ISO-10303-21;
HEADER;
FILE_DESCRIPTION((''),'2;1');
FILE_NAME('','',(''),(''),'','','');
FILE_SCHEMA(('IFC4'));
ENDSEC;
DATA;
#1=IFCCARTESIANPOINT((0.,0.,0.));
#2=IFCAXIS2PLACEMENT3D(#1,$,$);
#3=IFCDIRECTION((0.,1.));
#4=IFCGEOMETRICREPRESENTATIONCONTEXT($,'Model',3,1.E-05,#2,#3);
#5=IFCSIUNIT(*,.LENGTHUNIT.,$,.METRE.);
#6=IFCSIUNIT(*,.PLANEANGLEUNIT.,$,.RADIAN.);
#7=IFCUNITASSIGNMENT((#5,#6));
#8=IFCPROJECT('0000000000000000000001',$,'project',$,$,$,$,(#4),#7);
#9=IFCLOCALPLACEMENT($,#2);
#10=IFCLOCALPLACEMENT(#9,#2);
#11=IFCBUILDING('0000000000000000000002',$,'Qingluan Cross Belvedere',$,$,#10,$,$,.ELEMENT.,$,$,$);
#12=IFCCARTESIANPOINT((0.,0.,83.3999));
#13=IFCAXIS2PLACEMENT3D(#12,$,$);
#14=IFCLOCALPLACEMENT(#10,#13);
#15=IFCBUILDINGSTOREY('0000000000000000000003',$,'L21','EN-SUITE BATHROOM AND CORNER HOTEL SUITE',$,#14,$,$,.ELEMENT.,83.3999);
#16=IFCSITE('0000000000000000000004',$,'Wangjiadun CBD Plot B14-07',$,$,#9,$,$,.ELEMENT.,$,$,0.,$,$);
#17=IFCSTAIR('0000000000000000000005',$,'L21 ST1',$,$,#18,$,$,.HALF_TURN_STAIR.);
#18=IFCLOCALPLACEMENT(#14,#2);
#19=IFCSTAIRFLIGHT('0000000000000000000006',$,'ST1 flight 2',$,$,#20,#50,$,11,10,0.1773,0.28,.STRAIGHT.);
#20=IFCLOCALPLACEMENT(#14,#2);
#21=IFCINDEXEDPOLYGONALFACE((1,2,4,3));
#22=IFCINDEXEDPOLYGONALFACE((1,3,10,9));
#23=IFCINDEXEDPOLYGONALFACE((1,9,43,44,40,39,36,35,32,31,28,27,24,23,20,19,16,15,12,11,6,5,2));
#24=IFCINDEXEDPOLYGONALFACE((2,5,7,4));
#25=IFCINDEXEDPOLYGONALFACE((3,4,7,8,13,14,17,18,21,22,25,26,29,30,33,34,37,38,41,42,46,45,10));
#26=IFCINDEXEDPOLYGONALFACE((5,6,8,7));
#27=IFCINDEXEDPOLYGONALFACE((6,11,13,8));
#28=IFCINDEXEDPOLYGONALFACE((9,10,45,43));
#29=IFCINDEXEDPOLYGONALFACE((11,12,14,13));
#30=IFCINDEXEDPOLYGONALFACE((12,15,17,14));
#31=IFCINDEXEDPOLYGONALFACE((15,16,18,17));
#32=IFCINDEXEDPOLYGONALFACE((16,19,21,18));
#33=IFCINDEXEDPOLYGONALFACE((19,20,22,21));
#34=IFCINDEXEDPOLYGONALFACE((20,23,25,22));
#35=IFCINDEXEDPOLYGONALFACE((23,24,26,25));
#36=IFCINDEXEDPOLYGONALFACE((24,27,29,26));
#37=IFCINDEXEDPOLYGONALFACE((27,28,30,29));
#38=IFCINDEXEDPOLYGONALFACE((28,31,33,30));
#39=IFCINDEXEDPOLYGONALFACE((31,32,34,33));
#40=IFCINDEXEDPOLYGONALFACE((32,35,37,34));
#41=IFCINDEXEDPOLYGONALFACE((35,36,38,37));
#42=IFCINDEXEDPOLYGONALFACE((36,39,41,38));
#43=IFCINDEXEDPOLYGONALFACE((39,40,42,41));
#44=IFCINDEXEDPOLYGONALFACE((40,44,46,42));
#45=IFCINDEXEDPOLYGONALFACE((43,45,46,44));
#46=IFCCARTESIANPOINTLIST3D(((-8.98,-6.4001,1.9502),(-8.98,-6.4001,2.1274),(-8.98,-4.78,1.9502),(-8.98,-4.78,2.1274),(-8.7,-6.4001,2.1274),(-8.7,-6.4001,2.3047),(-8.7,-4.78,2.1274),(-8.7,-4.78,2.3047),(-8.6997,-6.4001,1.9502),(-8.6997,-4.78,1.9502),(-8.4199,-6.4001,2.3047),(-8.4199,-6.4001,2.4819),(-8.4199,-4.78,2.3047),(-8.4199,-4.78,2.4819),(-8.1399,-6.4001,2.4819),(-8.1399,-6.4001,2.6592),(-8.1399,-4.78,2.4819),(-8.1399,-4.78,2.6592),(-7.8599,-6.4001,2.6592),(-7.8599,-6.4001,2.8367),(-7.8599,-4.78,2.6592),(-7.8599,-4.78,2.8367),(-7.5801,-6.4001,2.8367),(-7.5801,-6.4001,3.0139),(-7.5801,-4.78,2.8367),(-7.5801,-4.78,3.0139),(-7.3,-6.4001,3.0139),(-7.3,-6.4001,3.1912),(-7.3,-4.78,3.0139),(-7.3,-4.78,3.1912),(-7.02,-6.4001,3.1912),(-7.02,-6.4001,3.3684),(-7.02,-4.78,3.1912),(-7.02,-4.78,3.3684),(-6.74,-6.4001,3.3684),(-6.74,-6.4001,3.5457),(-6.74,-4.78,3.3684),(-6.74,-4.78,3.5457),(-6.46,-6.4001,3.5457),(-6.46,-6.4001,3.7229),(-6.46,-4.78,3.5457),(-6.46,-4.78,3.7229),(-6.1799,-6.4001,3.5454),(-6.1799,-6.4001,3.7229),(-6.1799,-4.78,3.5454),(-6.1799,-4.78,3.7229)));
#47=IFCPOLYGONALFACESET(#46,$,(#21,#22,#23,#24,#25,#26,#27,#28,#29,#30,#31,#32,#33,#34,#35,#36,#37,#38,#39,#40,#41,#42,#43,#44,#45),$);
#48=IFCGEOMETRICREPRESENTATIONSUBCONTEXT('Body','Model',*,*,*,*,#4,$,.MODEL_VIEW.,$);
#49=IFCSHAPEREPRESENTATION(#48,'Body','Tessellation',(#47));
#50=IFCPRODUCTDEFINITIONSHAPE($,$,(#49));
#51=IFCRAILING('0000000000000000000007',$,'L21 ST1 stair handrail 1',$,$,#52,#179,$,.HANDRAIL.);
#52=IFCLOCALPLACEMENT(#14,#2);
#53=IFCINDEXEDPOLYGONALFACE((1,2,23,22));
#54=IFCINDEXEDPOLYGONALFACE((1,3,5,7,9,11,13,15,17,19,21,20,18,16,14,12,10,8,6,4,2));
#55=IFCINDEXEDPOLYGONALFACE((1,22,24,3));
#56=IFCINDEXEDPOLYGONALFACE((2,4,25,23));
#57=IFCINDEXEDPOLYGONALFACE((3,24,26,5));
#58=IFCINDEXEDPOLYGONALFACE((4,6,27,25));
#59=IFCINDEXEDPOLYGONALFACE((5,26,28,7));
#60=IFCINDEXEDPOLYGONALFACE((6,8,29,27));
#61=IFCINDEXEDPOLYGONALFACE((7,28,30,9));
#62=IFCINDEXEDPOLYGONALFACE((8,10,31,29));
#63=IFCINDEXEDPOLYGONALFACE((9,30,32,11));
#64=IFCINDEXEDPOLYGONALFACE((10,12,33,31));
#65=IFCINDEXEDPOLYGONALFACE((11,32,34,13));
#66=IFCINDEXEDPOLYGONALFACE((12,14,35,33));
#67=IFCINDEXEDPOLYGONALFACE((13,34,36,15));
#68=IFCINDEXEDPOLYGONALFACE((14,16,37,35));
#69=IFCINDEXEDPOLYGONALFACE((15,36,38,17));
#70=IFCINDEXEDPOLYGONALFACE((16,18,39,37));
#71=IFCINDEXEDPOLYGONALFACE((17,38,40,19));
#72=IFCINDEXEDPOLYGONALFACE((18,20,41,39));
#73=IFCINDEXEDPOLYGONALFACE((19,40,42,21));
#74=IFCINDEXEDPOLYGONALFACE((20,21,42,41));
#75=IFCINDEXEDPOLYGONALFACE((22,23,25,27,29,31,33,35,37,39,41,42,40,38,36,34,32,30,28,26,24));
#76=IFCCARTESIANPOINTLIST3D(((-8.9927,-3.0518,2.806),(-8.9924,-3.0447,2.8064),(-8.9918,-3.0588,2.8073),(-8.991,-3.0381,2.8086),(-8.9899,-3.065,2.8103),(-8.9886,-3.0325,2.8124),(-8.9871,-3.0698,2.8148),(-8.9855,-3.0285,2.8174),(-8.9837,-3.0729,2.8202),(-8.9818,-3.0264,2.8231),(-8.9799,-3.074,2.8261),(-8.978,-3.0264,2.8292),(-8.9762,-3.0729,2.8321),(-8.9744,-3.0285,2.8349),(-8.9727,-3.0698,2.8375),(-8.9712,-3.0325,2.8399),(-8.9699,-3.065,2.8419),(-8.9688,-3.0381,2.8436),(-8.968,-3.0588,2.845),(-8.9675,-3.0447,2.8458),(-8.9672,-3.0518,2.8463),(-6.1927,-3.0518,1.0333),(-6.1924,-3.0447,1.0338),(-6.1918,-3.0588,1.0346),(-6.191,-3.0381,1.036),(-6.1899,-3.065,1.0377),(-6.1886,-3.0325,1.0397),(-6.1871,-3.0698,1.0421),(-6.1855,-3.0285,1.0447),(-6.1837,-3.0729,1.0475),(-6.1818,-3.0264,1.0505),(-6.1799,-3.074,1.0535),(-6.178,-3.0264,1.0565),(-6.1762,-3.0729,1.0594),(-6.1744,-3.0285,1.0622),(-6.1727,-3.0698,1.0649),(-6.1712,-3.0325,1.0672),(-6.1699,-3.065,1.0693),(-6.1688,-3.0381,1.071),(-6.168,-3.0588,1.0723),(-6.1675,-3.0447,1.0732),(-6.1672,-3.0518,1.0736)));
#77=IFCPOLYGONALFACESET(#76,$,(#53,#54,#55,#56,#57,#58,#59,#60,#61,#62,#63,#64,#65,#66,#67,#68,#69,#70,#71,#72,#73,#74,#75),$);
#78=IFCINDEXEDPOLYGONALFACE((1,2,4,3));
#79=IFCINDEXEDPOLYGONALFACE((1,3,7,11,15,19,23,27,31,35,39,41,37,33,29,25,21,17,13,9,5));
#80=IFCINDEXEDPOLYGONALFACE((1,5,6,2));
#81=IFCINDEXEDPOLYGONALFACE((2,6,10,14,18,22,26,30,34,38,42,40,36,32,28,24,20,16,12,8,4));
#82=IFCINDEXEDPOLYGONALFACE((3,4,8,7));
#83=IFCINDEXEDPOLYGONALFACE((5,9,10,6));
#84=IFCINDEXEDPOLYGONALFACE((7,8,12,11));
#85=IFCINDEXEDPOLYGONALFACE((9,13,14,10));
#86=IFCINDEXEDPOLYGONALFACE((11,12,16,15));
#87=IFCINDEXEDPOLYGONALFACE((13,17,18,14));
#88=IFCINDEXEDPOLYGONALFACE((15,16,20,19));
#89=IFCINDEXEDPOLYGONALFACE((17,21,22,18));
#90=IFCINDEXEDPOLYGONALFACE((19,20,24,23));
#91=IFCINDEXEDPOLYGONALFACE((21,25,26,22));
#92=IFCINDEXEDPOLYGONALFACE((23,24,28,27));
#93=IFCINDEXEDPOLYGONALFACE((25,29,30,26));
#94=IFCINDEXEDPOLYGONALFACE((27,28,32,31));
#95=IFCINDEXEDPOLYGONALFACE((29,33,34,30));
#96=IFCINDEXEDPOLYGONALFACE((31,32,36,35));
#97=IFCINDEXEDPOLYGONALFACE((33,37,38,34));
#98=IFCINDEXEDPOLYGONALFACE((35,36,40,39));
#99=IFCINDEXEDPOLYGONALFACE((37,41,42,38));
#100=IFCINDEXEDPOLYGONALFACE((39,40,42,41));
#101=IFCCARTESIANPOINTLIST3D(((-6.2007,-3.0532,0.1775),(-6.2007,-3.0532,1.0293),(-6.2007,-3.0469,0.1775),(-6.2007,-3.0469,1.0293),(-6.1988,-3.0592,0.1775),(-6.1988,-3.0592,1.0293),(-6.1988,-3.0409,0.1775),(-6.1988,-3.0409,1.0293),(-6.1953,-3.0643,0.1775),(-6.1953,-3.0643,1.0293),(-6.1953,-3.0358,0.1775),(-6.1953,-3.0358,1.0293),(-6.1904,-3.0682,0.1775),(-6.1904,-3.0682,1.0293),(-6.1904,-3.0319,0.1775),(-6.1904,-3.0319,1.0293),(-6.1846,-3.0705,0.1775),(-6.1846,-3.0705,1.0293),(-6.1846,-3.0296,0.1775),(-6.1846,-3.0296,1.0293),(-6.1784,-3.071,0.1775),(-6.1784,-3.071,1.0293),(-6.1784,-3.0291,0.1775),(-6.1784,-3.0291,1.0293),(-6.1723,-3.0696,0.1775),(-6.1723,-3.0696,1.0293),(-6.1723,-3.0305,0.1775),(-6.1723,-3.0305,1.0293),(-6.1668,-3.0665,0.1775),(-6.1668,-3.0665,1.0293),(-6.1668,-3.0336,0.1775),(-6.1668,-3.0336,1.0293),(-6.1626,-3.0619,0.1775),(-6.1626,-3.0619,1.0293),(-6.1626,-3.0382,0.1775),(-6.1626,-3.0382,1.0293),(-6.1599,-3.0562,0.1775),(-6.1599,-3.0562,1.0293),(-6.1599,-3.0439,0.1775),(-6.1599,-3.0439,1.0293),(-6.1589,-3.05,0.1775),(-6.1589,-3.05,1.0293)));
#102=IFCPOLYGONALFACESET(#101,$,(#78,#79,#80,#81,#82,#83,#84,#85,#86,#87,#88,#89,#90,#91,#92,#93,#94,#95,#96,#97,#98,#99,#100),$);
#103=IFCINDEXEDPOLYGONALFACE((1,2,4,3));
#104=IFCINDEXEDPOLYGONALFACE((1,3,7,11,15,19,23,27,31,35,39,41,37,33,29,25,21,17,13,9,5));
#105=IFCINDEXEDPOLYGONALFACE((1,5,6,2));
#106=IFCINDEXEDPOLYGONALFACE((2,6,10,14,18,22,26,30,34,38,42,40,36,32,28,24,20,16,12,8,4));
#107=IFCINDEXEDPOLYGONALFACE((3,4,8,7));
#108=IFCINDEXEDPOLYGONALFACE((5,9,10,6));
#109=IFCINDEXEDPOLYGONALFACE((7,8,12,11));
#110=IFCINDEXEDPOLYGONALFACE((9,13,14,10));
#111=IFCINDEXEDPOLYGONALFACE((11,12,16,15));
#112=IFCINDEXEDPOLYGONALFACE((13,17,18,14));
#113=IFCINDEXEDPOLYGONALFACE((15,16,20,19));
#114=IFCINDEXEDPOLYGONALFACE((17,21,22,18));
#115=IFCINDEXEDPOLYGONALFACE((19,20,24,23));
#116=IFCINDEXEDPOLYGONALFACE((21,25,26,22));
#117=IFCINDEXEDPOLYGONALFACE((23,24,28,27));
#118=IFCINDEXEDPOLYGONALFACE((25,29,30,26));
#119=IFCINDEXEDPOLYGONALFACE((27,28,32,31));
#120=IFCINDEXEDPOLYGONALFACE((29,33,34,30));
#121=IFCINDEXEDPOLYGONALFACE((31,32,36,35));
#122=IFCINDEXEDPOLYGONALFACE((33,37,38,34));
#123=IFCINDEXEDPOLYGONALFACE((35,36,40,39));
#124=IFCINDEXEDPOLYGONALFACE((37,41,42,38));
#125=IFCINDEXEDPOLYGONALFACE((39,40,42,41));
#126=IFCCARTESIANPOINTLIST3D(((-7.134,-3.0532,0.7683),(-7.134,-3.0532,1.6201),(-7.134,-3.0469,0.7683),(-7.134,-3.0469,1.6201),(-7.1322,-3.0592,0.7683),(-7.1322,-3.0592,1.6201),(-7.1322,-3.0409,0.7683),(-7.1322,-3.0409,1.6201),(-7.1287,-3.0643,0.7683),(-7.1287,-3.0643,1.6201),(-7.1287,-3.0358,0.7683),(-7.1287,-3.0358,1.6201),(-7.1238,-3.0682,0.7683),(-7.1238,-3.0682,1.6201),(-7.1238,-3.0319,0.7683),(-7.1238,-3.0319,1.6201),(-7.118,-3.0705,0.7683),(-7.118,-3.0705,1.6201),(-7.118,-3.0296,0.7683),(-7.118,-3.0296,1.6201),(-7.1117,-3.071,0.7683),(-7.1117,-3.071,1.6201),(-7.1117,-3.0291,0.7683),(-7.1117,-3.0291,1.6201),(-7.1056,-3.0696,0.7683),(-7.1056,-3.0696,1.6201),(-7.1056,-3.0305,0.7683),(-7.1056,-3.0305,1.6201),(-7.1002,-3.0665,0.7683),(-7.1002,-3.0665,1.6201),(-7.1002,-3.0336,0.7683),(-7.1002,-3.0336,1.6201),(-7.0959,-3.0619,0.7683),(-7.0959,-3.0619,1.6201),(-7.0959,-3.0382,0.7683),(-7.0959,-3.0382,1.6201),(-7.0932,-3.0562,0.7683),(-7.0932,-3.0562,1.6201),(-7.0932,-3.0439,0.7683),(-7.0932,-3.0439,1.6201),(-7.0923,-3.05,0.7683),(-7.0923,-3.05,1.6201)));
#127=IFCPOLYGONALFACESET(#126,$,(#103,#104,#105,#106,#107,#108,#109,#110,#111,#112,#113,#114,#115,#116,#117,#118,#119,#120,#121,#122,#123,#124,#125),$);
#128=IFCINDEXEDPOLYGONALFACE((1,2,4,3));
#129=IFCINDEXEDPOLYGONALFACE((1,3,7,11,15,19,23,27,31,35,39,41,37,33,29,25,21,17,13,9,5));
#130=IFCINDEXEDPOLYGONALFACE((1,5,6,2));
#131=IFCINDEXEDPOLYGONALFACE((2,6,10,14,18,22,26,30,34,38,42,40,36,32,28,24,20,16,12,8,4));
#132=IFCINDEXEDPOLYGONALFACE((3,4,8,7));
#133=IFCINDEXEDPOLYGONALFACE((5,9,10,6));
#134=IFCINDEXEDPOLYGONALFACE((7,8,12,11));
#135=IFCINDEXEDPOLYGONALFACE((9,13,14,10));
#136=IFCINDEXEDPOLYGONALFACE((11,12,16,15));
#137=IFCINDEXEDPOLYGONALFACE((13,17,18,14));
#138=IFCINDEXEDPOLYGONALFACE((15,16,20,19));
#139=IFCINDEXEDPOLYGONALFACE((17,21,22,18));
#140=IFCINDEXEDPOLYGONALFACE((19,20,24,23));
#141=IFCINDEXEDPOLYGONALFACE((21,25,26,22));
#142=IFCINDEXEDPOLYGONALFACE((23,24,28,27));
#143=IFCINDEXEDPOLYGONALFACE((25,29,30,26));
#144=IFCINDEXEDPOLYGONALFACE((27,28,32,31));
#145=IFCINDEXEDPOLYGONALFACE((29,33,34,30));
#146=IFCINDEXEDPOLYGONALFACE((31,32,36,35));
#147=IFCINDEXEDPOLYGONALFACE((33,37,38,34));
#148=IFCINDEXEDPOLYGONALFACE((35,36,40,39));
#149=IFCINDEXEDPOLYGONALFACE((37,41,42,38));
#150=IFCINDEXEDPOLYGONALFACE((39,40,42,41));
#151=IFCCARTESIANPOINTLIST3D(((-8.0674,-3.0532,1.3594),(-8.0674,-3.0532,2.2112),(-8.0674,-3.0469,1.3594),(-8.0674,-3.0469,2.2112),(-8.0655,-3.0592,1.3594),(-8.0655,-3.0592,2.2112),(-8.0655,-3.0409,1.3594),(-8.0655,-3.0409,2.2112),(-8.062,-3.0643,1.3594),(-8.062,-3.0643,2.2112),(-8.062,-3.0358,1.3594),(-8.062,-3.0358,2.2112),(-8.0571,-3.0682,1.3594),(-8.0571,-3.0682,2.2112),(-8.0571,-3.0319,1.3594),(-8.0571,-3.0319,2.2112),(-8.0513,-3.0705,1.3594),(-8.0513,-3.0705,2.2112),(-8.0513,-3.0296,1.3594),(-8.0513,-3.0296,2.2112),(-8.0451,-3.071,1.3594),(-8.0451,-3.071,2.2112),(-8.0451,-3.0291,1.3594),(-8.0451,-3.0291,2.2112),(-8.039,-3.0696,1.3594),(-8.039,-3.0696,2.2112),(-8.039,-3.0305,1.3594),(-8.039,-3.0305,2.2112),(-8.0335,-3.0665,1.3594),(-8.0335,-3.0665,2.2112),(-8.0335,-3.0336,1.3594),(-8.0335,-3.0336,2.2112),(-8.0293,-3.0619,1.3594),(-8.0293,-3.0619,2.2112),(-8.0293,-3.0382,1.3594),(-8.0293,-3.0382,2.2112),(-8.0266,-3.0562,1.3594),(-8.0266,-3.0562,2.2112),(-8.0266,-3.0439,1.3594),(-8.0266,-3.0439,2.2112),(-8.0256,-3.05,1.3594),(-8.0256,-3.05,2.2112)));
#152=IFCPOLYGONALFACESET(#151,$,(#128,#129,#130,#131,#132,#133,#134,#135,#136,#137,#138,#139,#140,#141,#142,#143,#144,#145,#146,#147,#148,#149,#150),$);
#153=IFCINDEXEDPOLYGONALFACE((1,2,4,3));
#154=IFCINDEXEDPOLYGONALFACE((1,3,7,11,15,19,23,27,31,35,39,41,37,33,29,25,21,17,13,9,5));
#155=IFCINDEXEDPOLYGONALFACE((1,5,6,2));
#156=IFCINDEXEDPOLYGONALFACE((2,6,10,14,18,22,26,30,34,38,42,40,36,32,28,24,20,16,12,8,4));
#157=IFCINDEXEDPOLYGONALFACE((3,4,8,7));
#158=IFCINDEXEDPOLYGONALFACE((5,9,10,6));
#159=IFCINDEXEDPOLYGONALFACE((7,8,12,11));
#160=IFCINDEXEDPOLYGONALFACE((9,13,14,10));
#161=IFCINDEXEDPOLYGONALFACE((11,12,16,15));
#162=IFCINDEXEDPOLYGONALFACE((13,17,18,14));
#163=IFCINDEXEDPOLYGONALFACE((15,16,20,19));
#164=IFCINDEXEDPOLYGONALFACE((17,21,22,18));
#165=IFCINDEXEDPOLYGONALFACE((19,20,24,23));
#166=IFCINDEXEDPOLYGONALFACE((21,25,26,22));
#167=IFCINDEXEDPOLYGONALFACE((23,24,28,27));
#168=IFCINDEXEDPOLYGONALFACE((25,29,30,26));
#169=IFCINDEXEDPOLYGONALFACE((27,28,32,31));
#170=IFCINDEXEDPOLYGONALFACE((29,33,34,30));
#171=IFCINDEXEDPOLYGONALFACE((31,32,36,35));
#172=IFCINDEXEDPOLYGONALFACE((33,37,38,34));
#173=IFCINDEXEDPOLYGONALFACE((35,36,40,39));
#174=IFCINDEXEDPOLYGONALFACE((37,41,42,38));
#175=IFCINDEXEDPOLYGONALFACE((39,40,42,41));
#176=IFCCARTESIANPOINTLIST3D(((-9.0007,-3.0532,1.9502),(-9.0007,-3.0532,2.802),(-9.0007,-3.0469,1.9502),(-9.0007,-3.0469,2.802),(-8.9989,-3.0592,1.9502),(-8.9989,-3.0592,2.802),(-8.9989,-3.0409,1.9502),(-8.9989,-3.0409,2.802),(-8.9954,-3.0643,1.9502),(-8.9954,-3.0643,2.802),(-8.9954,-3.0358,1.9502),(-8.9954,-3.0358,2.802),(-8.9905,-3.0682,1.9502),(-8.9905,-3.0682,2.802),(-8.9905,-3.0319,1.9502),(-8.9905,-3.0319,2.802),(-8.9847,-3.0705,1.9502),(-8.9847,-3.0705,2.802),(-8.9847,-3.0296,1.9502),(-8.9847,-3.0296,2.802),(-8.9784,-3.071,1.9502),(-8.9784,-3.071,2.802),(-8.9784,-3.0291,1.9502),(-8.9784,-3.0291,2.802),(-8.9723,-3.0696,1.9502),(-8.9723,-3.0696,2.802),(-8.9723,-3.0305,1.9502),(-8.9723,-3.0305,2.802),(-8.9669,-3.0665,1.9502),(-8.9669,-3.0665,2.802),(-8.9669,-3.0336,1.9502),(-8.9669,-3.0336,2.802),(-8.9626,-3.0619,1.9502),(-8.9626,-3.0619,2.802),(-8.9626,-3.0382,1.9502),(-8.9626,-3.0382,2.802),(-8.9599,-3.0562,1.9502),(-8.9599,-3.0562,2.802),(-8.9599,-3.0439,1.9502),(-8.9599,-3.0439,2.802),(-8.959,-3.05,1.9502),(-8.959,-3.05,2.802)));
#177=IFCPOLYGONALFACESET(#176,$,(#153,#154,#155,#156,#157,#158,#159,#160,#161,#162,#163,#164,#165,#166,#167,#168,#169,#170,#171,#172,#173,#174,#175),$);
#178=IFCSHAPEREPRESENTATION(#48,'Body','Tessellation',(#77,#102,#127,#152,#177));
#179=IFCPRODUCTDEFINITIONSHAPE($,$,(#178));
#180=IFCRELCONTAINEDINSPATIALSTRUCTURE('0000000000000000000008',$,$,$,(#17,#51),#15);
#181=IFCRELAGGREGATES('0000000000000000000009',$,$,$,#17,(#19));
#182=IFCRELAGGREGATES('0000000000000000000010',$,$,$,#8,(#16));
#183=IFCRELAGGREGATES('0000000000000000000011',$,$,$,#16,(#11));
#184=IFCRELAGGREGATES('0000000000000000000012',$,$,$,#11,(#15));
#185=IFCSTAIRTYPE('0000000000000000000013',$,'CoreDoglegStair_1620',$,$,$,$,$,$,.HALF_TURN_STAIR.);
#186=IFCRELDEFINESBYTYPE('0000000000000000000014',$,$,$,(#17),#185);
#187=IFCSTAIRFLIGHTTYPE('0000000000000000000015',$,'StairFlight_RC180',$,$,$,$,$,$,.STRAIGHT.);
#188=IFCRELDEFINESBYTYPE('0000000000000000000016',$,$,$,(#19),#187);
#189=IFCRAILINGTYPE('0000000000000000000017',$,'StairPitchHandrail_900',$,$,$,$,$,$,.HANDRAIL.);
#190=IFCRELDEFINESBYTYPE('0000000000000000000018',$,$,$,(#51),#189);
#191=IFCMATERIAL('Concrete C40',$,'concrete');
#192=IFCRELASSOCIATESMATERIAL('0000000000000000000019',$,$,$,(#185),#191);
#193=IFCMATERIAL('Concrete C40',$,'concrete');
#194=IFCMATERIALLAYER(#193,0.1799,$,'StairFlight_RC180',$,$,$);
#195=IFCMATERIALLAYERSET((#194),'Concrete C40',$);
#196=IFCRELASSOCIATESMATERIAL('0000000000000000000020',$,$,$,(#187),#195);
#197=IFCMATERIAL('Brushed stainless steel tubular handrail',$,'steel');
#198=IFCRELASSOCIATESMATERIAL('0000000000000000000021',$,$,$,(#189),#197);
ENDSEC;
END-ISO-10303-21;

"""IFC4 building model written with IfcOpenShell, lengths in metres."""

from ifc_helpers import new_model, si_unit, direction, frame, origin, origin_2d, place, context, subcontext, project, spatial, polyline, circle, outline, extrude, material, layer, layer_set, type_object, element, aggregate, save


model = new_model("IFC4")

# Units and contexts
model_context = context("Model", 3, precision=1e-05, world=origin(), true_north=direction((0.0, 1.0)))
body_context = subcontext(model_context, "Body", "Model", "MODEL_VIEW")
ifc_project = project(units=[si_unit("LENGTHUNIT", "METRE"), si_unit("PLANEANGLEUNIT", "RADIAN")], contexts=[model_context])

# Site, building, storey
site_placement = place(None, origin())
site = spatial("IfcSite", under=ifc_project, at=site_placement, Name="Wangjiadun CBD Plot B14-07", CompositionType="ELEMENT", RefElevation=0.0)
building_placement = place(site_placement, origin())
building = spatial("IfcBuilding", under=site, at=building_placement, Name="Qingluan Cross Belvedere", CompositionType="ELEMENT")
storey_placement = place(building_placement, frame((0.0, 0.0, 83.3999)))
storey = spatial("IfcBuildingStorey", under=building, at=storey_placement, Name="L21", Description="EN-SUITE BATHROOM AND CORNER HOTEL SUITE", CompositionType="ELEMENT", Elevation=83.3999)

# Stair, stair flight
ifc_material_1 = material(Name="Concrete C40", Category="concrete")
stair_type = type_object("IfcStairType", Name="CoreDoglegStair_1620", PredefinedType="HALF_TURN_STAIR", material=ifc_material_1)
stair_placement = place(storey_placement, origin())
stair = element("IfcStair", 1, at=stair_placement, inside=storey, type_object=stair_type, Name="L21 ST1", PredefinedType="HALF_TURN_STAIR")
ifc_material_2 = material(Name="Concrete C40", Category="concrete")
ifc_layer_1 = layer(ifc_material_2, 0.1799, Name="StairFlight_RC180")
ifc_layer_set_1 = layer_set([ifc_layer_1], Name="Concrete C40")
stair_flight_type = type_object("IfcStairFlightType", Name="StairFlight_RC180", PredefinedType="STRAIGHT", material=ifc_layer_set_1)
stair_flight_1_placement = place(storey_placement, frame((-8.98, -5.5901, 1.9502), z_axis=(0.0, 0.0, 1.0), x_axis=(1.0, 0.0, 0.0)))
stair_flight_1 = element("IfcStairFlight", 2, at=stair_flight_1_placement, type_object=stair_flight_type, Name="ST1 flight 2", NumberOfRisers=11, NumberOfTreads=10, PredefinedType="STRAIGHT", RiserHeight=0.1773, TreadLength=0.28, context=body_context, shape_type="SweptSolid", body=[
    extrude(outline(polyline([(0.0, 0.0), (0.0, 0.1772), (0.28, 0.1772), (0.28, 0.3545), (0.5601, 0.3545), (0.5601, 0.5317), (0.8401, 0.5317), (0.8401, 0.709), (1.1201, 0.709), (1.1201, 0.8865), (1.3999, 0.8865), (1.3999, 1.0637), (1.6799, 1.0637), (1.6799, 1.241), (1.96, 1.241), (1.96, 1.4182), (2.24, 1.4182), (2.24, 1.5955), (2.52, 1.5955), (2.52, 1.7727), (2.8, 1.7727), (2.8, 1.95), (2.8, 1.5952), (0.2803, 0.0), (0.0, 0.0)])), frame((0.0, 0.8101, 0.0), z_axis=(0.0, -1.0, 0.0), x_axis=(1.0, 0.0, 0.0)), (0.0, 0.0, 1.0), 1.6201),
])
aggregate(stair, [stair_flight_1])

# Railing
ifc_material_3 = material(Name="Brushed stainless steel tubular handrail", Category="steel")
railing_type_1 = type_object("IfcRailingType", Name="StairPitchHandrail_900", PredefinedType="HANDRAIL", material=ifc_material_3)
railing_1_placement = place(storey_placement, frame((-6.1799, -3.05, 0.1775)))
element("IfcRailing", 3, at=railing_1_placement, inside=storey, type_object=railing_type_1, Name="L21 ST1 stair handrail 1", PredefinedType="HANDRAIL", context=body_context, shape_type="SweptSolid", body=[
    extrude(circle(Radius=0.0239, at=origin_2d()), frame((0.0, 0.0, 0.876), z_axis=(-0.844909, 0.0, 0.53491), x_axis=(0.0, -1.0, 0.0)), (0.0, 0.0, 1.0), 3.314),
    extrude(circle(Radius=0.021, at=origin_2d()), origin(), (0.0, 0.0, 1.0), 0.8518),
    extrude(circle(Radius=0.021, at=origin_2d()), frame((-0.9333, 0.0, 0.5908)), (0.0, 0.0, 1.0), 0.8518),
    extrude(circle(Radius=0.021, at=origin_2d()), frame((-1.8667, 0.0, 1.1819)), (0.0, 0.0, 1.0), 0.8518),
    extrude(circle(Radius=0.021, at=origin_2d()), frame((-2.8, 0.0, 1.7727)), (0.0, 0.0, 1.0), 0.8518),
])

save(model, "model.ifc")
